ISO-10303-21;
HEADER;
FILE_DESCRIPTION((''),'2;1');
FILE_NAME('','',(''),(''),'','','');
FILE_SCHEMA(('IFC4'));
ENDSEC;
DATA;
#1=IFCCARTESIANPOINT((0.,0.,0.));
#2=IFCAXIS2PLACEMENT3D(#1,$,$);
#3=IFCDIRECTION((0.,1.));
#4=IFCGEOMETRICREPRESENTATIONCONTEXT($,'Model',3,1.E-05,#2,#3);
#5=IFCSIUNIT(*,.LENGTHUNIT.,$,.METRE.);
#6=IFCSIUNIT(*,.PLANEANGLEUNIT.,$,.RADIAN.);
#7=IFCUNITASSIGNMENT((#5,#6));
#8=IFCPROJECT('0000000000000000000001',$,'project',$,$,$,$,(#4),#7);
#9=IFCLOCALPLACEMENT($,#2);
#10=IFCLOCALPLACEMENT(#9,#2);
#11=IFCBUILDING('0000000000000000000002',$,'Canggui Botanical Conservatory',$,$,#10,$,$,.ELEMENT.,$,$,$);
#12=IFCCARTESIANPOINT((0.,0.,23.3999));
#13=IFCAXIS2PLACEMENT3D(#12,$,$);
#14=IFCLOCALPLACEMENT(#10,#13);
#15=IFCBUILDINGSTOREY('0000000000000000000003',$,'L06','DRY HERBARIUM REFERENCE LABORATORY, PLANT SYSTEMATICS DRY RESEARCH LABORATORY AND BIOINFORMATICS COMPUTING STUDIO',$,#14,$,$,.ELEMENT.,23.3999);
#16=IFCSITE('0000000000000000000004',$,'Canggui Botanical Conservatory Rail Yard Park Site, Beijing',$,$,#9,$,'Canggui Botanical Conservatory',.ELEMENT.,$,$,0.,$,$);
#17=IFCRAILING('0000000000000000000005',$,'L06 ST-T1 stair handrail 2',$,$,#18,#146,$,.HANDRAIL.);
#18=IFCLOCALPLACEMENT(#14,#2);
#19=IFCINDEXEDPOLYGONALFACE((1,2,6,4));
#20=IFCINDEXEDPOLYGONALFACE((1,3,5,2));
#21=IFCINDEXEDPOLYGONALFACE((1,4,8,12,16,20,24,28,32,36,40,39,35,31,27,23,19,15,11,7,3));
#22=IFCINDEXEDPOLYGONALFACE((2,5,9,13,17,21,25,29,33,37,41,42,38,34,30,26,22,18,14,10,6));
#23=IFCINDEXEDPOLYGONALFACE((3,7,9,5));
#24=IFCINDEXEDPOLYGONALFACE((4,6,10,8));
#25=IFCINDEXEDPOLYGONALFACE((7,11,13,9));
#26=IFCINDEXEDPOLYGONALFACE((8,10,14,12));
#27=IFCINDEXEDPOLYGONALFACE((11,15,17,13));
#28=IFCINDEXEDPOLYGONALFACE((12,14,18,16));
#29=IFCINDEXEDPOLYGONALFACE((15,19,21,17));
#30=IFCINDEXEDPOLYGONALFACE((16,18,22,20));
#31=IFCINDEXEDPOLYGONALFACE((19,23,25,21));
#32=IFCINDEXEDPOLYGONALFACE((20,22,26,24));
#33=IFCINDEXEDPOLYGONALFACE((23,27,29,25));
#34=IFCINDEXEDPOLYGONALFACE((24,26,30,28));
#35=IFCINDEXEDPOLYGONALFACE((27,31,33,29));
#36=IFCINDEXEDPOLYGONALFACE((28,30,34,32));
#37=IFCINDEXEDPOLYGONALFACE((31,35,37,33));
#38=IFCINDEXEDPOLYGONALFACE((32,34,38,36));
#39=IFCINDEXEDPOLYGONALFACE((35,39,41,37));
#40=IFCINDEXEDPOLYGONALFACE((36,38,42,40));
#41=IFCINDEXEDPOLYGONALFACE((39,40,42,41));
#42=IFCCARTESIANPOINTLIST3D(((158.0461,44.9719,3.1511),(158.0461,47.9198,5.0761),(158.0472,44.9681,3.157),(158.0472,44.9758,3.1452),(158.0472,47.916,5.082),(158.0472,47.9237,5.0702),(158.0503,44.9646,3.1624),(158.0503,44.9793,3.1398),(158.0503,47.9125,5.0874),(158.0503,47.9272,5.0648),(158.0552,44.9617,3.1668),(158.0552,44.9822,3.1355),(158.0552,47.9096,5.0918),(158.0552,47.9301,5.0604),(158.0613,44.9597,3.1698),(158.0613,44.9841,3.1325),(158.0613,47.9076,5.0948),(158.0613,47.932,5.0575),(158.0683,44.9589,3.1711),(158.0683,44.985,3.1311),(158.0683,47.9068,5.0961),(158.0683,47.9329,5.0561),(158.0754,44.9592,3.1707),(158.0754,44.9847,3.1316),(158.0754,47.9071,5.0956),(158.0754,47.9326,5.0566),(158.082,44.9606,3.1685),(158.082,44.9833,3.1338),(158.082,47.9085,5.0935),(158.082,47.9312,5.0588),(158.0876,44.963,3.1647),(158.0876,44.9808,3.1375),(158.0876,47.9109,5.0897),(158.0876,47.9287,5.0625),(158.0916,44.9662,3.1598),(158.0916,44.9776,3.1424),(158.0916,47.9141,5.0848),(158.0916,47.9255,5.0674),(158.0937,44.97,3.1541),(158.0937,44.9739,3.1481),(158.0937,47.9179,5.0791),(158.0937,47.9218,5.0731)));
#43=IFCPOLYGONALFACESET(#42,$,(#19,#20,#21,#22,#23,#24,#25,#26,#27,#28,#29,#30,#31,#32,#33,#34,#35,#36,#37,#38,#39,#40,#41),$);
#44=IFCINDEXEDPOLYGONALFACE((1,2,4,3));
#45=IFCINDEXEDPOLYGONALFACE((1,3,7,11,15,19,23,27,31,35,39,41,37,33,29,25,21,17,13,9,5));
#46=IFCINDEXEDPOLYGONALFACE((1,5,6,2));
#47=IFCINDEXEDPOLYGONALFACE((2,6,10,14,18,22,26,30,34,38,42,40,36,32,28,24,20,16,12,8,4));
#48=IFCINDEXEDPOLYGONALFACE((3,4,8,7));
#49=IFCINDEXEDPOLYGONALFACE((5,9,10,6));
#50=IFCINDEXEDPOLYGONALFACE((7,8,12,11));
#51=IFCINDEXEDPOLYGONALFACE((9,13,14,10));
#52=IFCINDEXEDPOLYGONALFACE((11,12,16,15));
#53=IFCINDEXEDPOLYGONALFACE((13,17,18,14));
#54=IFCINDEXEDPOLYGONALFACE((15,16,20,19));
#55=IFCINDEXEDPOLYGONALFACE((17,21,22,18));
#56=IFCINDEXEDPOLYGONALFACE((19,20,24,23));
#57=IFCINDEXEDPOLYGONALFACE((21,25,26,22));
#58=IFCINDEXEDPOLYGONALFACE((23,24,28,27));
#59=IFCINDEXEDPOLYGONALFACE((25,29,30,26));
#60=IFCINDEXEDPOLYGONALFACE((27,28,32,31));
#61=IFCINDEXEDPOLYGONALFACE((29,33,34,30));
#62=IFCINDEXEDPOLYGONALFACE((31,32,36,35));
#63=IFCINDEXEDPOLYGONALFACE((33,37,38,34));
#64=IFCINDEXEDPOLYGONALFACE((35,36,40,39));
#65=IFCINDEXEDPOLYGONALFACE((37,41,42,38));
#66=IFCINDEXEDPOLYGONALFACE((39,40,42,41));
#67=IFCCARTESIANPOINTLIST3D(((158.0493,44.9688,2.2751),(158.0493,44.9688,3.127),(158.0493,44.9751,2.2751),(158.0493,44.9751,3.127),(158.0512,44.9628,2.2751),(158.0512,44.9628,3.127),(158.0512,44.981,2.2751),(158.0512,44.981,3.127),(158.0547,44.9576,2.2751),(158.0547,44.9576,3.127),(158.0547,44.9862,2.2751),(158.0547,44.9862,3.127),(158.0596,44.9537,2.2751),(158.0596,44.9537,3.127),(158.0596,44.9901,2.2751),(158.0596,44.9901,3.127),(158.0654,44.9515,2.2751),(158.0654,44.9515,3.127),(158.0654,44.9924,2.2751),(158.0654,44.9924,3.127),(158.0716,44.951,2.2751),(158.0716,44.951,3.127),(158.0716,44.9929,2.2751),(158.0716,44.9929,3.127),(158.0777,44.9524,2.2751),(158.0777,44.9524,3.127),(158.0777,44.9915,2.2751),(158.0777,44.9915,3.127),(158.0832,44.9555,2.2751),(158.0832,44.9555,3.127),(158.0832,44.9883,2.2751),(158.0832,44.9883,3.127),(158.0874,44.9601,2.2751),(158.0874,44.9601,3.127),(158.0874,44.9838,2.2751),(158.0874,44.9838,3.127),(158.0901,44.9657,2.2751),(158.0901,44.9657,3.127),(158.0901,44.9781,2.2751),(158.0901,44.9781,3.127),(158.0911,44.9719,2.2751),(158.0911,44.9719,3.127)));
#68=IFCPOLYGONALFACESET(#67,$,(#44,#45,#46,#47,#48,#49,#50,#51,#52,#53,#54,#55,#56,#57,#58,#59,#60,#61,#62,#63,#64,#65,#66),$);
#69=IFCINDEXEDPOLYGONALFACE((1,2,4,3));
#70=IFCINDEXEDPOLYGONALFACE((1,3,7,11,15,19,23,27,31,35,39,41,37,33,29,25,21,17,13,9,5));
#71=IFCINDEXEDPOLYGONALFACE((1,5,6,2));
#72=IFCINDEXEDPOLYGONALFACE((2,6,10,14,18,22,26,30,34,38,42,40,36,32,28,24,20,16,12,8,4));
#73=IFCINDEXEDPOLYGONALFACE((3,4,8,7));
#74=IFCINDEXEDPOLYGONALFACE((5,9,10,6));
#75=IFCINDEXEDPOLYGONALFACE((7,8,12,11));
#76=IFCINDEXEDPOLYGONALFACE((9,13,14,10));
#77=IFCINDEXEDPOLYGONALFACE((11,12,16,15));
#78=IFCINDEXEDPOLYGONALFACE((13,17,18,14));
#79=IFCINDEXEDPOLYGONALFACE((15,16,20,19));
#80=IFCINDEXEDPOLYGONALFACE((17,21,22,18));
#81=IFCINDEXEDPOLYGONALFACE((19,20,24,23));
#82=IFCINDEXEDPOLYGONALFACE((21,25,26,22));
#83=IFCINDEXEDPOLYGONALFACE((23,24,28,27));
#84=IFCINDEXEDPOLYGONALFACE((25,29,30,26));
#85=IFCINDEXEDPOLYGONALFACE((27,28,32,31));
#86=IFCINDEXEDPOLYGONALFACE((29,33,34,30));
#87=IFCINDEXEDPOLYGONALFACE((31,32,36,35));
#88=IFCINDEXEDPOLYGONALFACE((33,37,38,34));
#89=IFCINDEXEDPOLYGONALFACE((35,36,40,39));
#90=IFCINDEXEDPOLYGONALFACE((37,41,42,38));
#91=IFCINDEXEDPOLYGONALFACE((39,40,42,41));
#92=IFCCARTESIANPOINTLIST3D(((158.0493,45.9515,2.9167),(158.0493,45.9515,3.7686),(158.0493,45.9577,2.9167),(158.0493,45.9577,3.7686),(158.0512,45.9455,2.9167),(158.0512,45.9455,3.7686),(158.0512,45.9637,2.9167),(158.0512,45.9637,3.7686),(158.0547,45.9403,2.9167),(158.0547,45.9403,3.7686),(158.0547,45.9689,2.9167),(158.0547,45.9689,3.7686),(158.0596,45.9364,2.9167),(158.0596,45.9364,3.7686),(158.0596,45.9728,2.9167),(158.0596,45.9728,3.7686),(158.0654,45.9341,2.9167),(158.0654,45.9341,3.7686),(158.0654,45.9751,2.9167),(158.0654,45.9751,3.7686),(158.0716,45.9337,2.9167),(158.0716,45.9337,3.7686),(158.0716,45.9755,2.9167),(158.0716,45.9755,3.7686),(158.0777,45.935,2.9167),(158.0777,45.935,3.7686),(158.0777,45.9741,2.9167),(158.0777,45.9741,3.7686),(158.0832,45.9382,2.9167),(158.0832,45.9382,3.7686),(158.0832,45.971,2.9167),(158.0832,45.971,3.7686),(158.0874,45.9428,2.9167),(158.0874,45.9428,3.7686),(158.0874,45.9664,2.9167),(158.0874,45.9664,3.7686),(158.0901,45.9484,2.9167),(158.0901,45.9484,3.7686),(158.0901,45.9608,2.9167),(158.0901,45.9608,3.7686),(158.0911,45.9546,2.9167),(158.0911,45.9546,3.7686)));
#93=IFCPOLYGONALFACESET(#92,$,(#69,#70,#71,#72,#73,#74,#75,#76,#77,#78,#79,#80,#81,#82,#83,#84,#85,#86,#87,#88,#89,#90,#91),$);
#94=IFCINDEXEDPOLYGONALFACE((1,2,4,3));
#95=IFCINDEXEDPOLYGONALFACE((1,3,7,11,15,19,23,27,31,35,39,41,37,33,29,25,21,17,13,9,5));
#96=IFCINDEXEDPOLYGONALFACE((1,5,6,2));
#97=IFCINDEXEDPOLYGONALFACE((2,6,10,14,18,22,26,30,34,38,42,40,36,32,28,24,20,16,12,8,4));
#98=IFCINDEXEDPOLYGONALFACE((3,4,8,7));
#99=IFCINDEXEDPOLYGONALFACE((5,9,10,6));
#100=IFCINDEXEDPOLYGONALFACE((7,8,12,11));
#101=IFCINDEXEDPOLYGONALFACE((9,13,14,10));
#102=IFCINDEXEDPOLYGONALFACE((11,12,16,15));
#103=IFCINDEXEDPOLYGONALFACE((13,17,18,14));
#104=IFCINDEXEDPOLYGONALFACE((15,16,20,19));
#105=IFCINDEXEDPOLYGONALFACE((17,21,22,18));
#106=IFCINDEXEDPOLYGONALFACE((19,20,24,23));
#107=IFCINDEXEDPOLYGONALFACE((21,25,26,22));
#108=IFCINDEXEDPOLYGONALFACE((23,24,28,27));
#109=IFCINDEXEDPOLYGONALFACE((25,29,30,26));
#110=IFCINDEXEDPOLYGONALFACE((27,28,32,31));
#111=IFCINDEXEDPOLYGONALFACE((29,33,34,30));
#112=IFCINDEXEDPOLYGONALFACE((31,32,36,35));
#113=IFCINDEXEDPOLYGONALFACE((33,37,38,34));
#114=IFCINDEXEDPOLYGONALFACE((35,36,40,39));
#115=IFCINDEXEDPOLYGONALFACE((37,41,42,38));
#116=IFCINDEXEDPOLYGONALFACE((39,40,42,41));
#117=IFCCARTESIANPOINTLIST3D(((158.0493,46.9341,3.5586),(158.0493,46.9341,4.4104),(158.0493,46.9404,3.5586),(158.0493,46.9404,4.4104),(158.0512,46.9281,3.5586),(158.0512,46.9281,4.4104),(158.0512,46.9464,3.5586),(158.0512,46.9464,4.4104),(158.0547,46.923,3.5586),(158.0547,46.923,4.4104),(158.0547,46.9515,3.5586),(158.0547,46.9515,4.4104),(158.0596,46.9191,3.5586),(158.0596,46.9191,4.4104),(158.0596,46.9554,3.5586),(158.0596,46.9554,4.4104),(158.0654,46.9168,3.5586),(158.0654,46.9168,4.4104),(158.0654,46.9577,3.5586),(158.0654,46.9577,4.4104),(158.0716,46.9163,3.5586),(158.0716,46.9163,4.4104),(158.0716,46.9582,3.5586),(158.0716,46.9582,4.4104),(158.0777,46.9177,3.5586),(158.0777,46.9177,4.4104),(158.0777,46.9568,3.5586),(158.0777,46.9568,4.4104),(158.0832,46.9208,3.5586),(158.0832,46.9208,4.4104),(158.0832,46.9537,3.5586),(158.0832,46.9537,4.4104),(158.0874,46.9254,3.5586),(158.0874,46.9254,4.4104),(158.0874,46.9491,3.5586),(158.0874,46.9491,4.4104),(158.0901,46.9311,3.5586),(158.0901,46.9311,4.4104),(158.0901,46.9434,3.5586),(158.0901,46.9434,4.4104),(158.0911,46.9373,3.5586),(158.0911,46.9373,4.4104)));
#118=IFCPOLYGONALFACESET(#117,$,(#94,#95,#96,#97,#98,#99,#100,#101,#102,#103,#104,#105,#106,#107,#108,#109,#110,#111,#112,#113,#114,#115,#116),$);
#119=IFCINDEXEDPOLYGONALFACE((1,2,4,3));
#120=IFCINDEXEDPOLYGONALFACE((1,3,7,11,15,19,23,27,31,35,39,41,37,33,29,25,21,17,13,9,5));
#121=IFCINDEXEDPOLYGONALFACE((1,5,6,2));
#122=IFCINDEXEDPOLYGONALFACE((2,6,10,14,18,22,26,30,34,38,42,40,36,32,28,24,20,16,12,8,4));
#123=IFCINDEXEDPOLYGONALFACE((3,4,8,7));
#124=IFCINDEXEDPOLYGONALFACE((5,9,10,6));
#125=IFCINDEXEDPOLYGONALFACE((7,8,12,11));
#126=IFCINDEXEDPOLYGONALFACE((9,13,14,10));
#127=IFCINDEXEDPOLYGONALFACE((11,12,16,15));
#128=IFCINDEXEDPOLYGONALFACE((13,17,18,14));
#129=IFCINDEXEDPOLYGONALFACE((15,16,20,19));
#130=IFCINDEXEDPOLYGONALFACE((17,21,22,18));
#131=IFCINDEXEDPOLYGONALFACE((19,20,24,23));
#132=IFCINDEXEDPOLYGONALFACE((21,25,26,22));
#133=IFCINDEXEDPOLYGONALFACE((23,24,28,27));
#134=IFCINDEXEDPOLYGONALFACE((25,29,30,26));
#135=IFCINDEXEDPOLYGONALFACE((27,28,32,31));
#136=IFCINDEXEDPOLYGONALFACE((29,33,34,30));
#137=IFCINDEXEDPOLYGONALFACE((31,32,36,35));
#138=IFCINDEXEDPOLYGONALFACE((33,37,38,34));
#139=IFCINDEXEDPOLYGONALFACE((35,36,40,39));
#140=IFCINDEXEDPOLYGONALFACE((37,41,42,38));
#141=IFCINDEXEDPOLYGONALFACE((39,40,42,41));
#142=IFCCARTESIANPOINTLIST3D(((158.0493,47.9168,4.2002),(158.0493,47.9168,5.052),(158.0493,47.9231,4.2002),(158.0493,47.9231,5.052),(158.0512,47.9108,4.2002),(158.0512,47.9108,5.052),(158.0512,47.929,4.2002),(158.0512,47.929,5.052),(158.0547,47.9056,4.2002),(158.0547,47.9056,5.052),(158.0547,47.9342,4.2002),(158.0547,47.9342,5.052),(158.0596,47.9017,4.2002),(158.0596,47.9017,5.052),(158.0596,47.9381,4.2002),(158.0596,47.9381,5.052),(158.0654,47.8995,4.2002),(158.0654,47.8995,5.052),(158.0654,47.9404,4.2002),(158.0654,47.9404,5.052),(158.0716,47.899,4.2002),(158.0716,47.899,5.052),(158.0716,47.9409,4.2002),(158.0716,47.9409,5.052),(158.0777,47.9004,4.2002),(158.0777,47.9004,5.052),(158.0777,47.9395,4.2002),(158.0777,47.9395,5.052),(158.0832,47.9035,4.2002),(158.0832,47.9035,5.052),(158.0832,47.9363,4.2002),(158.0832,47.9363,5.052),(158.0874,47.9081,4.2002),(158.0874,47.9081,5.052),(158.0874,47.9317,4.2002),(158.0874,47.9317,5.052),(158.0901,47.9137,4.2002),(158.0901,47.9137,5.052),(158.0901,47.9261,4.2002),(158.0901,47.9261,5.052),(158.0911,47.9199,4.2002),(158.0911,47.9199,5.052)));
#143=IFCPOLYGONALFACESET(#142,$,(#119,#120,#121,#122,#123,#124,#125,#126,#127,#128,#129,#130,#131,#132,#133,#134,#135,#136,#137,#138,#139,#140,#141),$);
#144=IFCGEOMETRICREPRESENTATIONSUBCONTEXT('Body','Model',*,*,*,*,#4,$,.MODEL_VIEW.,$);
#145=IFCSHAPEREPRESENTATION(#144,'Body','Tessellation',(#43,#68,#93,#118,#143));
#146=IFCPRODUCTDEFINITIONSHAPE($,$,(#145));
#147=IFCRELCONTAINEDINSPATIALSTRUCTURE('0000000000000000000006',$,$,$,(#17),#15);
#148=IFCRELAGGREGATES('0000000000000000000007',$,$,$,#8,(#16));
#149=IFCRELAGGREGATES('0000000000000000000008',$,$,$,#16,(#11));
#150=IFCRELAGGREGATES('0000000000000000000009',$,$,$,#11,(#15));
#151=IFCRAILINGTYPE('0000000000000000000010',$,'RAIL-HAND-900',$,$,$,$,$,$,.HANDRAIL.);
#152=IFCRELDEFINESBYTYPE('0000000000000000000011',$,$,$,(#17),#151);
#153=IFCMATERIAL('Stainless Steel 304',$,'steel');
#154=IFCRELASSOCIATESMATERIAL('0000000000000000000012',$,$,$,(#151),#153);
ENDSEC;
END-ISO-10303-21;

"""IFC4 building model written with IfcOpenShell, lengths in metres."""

from ifc_helpers import new_model, si_unit, direction, frame, origin, origin_2d, place, context, subcontext, project, spatial, circle, extrude, material, type_object, element, save


model = new_model("IFC4")

# Units and contexts
model_context = context("Model", 3, precision=1e-05, world=origin(), true_north=direction((0.0, 1.0)))
body_context = subcontext(model_context, "Body", "Model", "MODEL_VIEW")
ifc_project = project(units=[si_unit("LENGTHUNIT", "METRE"), si_unit("PLANEANGLEUNIT", "RADIAN")], contexts=[model_context])

# Site, building, storey
site_placement = place(None, origin())
site = spatial("IfcSite", under=ifc_project, at=site_placement, Name="Canggui Botanical Conservatory Rail Yard Park Site, Beijing", LongName="Canggui Botanical Conservatory", CompositionType="ELEMENT", RefElevation=0.0)
building_placement = place(site_placement, origin())
building = spatial("IfcBuilding", under=site, at=building_placement, Name="Canggui Botanical Conservatory", CompositionType="ELEMENT")
storey_placement = place(building_placement, frame((0.0, 0.0, 23.3999)))
storey = spatial("IfcBuildingStorey", under=building, at=storey_placement, Name="L06", Description="DRY HERBARIUM REFERENCE LABORATORY, PLANT SYSTEMATICS DRY RESEARCH LABORATORY AND BIOINFORMATICS COMPUTING STUDIO", CompositionType="ELEMENT", Elevation=23.3999)

# Shared definitions
ifc_material_1 = material(Name="Stainless Steel 304", Category="steel")

# Railing
railing_type_1 = type_object("IfcRailingType", Name="RAIL-HAND-900", PredefinedType="HANDRAIL", material=ifc_material_1)
railing_1_placement = place(storey_placement, frame((158.0701, 44.9719, 2.2751)))
element("IfcRailing", 1, at=railing_1_placement, inside=storey, type_object=railing_type_1, Name="L06 ST-T1 stair handrail 2", PredefinedType="HANDRAIL", context=body_context, shape_type="SweptSolid", body=[
    extrude(circle(Radius=0.0239, at=origin_2d()), frame((0.0, 0.0, 0.876), z_axis=(0.0, 0.837293, 0.546754), x_axis=(-1.0, 0.0, 0.0)), (0.0, 0.0, 1.0), 3.5208),
    extrude(circle(Radius=0.021, at=origin_2d()), origin(), (0.0, 0.0, 1.0), 0.8518),
    extrude(circle(Radius=0.021, at=origin_2d()), frame((0.0, 0.9827, 0.6416)), (0.0, 0.0, 1.0), 0.8518),
    extrude(circle(Radius=0.021, at=origin_2d()), frame((0.0, 1.9653, 1.2834)), (0.0, 0.0, 1.0), 0.8518),
    extrude(circle(Radius=0.021, at=origin_2d()), frame((0.0, 2.948, 1.925)), (0.0, 0.0, 1.0), 0.8518),
])

save(model, "model.ifc")
